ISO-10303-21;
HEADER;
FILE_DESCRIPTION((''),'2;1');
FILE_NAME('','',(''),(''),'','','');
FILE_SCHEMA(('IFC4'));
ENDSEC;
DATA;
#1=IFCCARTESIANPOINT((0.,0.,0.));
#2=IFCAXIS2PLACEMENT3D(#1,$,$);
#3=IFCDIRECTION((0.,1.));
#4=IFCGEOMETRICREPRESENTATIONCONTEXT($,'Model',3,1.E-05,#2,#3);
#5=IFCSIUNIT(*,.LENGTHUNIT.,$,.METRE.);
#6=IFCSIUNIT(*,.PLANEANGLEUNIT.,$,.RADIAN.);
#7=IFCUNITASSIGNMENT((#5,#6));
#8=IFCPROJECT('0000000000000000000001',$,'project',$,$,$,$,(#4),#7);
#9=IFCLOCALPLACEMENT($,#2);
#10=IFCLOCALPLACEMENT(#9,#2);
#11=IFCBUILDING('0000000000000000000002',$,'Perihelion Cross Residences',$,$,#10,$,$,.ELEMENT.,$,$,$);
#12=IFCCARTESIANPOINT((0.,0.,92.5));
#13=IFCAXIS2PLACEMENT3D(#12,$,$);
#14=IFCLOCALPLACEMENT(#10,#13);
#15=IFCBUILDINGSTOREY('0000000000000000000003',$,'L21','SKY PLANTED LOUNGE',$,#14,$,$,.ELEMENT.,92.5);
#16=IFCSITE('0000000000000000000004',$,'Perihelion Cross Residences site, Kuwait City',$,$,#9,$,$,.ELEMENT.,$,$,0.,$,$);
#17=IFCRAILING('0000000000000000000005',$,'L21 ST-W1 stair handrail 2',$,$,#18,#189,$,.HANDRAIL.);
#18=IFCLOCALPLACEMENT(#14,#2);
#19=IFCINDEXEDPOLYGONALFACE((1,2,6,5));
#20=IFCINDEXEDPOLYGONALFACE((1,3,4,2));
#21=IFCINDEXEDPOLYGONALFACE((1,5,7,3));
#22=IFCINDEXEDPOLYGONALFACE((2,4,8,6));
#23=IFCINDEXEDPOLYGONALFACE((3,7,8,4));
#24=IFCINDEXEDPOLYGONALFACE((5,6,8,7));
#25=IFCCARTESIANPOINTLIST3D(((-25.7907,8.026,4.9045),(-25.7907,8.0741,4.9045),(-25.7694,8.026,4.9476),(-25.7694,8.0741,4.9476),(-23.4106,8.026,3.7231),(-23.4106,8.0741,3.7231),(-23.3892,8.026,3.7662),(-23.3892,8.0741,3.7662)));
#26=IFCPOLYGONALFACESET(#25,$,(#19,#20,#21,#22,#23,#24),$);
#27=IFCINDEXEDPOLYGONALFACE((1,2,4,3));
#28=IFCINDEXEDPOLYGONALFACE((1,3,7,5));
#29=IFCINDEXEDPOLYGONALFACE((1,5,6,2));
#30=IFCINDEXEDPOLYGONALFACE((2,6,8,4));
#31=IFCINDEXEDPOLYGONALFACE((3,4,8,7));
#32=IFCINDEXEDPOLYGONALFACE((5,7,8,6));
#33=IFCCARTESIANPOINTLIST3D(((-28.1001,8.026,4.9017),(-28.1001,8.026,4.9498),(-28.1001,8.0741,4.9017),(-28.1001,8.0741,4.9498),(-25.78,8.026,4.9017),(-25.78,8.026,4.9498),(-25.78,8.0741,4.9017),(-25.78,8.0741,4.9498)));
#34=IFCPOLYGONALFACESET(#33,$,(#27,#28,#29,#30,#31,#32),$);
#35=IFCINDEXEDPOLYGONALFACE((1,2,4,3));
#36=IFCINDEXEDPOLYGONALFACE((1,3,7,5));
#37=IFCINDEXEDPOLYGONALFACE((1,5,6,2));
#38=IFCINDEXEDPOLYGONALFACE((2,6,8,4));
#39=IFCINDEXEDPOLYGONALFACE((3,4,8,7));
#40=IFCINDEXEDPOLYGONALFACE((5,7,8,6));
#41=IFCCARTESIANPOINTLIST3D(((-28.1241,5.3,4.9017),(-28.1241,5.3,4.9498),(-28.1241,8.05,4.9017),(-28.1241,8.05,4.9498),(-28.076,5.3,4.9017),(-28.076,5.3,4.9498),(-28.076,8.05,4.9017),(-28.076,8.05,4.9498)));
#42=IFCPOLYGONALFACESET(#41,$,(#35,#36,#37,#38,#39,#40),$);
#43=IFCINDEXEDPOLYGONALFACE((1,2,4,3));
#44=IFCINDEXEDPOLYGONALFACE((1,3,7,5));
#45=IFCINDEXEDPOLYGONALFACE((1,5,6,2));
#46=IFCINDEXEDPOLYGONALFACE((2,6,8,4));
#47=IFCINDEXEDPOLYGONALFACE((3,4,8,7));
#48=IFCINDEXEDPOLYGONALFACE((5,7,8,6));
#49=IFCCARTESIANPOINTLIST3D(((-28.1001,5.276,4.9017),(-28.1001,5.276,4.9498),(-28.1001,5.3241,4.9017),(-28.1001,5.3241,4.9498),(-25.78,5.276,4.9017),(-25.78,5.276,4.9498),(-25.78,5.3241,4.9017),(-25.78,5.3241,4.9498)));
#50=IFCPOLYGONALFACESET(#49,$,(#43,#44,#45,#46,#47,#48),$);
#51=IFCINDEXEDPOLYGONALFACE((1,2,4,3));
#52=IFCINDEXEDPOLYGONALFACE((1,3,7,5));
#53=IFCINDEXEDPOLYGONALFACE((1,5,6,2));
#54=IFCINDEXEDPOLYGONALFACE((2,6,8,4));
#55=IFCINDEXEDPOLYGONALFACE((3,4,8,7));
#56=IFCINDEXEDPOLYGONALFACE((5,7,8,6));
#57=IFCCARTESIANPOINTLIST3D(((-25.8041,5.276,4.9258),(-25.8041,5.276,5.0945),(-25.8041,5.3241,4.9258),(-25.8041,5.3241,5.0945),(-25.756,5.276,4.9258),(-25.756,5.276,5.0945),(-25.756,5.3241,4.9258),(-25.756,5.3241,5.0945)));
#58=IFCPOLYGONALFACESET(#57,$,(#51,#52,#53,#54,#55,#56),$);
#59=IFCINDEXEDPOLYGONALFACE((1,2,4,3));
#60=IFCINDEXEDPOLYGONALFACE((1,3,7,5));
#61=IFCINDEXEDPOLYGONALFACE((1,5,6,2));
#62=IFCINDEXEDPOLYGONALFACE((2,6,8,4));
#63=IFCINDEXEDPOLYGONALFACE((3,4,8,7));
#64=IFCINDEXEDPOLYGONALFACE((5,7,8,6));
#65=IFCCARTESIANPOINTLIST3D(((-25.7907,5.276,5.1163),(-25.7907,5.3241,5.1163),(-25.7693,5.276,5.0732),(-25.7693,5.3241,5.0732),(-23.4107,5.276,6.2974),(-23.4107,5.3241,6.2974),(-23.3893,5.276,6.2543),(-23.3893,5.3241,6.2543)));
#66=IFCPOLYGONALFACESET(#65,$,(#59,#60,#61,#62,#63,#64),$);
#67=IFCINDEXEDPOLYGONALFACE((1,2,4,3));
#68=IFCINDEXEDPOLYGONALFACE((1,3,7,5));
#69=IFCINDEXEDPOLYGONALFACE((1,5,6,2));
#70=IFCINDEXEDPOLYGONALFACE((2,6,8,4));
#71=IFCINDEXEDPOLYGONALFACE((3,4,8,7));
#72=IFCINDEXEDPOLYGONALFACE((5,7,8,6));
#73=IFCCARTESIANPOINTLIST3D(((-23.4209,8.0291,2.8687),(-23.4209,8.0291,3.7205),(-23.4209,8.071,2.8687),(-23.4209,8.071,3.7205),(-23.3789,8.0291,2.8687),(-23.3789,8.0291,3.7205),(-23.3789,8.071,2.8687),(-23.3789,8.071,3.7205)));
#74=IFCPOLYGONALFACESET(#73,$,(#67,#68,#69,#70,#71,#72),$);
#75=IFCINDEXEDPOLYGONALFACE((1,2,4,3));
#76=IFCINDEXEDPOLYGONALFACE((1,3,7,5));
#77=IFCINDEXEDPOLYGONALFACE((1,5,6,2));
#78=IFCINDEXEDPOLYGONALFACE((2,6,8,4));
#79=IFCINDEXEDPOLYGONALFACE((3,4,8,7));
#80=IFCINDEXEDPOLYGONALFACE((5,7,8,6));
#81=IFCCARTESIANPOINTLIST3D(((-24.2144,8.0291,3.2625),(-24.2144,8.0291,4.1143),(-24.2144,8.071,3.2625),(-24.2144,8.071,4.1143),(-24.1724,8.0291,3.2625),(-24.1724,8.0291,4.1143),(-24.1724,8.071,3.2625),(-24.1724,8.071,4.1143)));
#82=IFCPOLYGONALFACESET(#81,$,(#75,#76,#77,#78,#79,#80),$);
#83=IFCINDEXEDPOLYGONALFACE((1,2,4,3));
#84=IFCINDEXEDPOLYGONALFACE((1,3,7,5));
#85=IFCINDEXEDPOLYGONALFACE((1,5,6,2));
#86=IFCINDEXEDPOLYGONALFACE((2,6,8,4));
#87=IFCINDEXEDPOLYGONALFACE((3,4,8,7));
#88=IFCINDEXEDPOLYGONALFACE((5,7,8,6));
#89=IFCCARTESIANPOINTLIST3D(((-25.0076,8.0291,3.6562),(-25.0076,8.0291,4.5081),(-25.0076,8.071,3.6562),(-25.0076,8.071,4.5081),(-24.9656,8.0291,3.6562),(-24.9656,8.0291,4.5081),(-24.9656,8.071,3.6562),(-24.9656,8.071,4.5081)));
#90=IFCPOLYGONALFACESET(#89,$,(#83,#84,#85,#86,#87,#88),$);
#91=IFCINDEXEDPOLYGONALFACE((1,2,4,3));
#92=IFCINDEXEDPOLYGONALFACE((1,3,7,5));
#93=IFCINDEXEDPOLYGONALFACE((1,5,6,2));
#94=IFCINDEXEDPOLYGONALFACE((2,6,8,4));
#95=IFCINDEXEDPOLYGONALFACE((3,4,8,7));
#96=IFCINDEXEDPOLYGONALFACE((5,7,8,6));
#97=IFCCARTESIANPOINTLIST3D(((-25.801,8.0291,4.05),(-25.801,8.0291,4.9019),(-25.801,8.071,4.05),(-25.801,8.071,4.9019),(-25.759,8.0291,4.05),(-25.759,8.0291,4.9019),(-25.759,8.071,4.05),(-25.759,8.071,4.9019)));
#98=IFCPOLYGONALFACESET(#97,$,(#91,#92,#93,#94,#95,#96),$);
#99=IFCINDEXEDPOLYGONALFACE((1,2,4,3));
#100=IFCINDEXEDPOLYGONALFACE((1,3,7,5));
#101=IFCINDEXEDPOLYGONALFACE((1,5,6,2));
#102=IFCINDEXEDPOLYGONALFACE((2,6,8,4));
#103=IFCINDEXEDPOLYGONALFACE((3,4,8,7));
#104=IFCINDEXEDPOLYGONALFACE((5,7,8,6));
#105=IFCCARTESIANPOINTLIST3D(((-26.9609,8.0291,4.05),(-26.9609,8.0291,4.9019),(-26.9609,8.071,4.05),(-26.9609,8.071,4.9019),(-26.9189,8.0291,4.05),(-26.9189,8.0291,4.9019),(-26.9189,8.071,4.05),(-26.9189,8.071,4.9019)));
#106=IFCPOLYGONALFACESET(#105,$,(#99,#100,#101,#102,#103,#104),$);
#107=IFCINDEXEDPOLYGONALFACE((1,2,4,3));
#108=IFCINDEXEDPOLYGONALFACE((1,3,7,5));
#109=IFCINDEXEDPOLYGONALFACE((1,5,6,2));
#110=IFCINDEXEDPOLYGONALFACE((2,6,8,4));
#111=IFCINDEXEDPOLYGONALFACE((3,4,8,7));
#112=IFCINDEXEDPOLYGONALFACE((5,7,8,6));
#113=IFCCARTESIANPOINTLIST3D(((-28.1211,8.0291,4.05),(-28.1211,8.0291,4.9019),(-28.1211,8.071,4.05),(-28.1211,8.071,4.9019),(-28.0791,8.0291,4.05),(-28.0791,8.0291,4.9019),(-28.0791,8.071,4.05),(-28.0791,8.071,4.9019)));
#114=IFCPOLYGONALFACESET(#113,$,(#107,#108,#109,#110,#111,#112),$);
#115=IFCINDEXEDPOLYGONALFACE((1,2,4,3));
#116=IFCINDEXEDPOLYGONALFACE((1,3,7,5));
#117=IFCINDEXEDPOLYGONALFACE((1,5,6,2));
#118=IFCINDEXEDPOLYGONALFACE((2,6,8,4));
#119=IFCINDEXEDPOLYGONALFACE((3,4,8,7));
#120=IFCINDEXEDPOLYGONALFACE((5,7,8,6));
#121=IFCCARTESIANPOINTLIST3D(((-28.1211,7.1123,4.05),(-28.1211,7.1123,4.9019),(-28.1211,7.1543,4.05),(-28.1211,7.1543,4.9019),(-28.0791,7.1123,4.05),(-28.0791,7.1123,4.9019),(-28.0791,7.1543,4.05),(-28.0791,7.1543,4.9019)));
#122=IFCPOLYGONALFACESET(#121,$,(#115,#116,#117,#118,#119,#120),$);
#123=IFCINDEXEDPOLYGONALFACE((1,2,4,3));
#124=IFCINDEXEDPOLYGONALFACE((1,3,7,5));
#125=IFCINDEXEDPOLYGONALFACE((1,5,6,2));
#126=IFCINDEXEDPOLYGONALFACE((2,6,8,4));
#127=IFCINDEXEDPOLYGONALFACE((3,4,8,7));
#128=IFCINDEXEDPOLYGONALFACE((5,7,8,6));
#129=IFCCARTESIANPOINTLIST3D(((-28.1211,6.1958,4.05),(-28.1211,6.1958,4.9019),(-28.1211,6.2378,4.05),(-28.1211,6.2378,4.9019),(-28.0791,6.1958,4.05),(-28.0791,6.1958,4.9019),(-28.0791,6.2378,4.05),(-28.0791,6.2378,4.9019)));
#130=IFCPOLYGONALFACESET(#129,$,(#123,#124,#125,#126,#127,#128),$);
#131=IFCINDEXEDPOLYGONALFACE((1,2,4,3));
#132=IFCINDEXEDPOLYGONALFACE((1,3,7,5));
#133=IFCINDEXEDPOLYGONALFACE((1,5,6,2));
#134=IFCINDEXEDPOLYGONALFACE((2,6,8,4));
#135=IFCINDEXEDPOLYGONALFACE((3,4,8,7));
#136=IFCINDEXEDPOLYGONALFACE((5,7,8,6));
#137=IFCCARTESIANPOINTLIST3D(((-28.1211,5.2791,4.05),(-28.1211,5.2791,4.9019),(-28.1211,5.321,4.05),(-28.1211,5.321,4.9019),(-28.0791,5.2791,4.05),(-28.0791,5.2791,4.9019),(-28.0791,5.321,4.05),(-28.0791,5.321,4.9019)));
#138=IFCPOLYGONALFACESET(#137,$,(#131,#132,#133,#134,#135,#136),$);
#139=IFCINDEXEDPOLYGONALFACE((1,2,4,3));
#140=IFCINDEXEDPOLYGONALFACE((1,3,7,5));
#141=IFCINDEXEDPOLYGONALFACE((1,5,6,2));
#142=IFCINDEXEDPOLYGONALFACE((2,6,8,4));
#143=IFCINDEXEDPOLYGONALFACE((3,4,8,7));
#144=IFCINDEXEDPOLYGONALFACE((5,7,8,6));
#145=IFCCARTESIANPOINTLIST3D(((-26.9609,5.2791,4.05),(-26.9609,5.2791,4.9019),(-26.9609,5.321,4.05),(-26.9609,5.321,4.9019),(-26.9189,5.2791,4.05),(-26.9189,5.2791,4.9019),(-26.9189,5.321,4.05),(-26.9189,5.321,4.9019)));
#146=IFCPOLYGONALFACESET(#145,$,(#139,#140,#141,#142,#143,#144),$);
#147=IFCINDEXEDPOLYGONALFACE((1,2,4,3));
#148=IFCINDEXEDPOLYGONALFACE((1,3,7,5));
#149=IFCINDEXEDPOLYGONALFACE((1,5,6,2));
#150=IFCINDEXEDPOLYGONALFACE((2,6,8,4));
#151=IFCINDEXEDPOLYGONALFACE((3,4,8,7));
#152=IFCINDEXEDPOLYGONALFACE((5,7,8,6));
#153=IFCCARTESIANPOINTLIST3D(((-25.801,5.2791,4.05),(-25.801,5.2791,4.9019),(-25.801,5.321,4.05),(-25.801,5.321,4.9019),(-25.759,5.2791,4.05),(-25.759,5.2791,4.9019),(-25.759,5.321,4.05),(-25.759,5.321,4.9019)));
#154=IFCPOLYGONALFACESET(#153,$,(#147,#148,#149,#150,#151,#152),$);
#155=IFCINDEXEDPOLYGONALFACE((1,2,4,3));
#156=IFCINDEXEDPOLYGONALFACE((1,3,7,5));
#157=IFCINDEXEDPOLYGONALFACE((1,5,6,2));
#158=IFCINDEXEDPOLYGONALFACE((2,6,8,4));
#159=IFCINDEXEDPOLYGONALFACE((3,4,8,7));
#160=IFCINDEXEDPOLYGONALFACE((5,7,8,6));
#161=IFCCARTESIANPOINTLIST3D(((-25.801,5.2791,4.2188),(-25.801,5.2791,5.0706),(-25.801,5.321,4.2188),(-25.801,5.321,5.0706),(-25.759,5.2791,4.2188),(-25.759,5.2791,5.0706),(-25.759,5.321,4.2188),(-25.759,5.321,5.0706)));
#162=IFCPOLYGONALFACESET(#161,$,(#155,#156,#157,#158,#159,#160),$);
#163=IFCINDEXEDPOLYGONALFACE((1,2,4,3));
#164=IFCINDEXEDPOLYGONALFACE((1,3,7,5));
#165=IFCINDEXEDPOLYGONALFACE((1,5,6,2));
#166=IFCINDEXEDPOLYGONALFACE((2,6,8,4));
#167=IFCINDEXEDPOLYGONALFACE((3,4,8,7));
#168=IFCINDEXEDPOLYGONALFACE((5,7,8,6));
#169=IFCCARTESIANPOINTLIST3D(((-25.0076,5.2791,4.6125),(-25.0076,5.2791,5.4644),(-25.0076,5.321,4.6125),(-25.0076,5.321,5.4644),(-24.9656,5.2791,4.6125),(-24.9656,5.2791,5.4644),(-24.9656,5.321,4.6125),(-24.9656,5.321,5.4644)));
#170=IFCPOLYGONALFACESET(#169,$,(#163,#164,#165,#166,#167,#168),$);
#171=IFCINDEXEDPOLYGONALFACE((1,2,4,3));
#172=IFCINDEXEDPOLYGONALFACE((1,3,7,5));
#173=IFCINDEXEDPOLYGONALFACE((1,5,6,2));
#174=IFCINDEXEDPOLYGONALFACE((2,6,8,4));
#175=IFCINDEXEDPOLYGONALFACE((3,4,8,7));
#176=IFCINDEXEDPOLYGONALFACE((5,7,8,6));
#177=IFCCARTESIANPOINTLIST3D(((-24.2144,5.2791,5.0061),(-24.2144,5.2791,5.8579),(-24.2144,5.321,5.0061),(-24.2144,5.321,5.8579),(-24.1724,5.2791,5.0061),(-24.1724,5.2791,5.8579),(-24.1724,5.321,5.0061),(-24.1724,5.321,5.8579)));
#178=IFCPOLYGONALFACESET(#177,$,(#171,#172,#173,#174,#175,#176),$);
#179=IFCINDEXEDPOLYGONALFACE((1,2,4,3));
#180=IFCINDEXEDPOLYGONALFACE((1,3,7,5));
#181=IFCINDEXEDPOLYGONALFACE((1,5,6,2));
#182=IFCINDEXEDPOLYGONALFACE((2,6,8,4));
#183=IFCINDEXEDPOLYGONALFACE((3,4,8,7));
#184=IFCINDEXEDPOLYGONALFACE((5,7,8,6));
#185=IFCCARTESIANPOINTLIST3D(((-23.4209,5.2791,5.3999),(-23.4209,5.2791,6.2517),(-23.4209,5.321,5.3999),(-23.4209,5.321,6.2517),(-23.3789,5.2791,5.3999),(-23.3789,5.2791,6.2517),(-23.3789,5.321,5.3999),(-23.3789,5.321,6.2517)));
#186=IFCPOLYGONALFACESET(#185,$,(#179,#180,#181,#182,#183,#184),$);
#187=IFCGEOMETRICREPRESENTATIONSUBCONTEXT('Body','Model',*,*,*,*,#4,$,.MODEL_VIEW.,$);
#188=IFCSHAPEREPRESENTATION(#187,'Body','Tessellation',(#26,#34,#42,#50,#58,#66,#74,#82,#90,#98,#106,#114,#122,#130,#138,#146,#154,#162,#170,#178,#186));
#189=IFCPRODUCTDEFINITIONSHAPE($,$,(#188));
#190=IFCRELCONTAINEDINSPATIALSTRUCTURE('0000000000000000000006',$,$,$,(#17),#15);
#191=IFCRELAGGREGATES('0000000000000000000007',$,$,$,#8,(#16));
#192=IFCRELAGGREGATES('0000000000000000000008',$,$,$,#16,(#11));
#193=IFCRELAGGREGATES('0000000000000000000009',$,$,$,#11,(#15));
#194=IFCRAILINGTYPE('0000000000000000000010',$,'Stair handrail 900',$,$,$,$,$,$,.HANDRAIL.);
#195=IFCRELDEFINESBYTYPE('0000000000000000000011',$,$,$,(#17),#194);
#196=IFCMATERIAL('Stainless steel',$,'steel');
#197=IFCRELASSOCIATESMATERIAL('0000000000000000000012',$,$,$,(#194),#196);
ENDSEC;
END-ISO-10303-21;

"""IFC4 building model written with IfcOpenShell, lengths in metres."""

from ifc_helpers import new_model, si_unit, direction, frame, origin, origin_2d, place, context, subcontext, project, spatial, rectangle, extrude, material, type_object, element, save


model = new_model("IFC4")

# Units and contexts
model_context = context("Model", 3, precision=1e-05, world=origin(), true_north=direction((0.0, 1.0)))
body_context = subcontext(model_context, "Body", "Model", "MODEL_VIEW")
ifc_project = project(units=[si_unit("LENGTHUNIT", "METRE"), si_unit("PLANEANGLEUNIT", "RADIAN")], contexts=[model_context])

# Site, building, storey
site_placement = place(None, origin())
site = spatial("IfcSite", under=ifc_project, at=site_placement, Name="Perihelion Cross Residences site, Kuwait City", CompositionType="ELEMENT", RefElevation=0.0)
building_placement = place(site_placement, origin())
building = spatial("IfcBuilding", under=site, at=building_placement, Name="Perihelion Cross Residences", CompositionType="ELEMENT")
storey_placement = place(building_placement, frame((0.0, 0.0, 92.5)))
storey = spatial("IfcBuildingStorey", under=building, at=storey_placement, Name="L21", Description="SKY PLANTED LOUNGE", CompositionType="ELEMENT", Elevation=92.5)

# Railing
ifc_material_1 = material(Name="Stainless steel", Category="steel")
railing_type_1 = type_object("IfcRailingType", Name="Stair handrail 900", PredefinedType="HANDRAIL", material=ifc_material_1)
railing_1_placement = place(storey_placement, frame((-23.3999, 8.05, 2.8687)))
element("IfcRailing", 1, at=railing_1_placement, inside=storey, type_object=railing_type_1, Name="L21 ST-W1 stair handrail 2", PredefinedType="HANDRAIL", context=body_context, shape_type="SweptSolid", body=[
    extrude(rectangle(XDim=0.0481, YDim=0.0481, at=origin_2d()), frame((0.0, 0.0, 0.876), z_axis=(-0.895728, 0.0, 0.444602), x_axis=(0.0, -1.0, 0.0)), (0.0, 0.0, 1.0), 2.6572),
    extrude(rectangle(XDim=0.0481, YDim=0.0481, at=origin_2d()), frame((-2.3801, 0.0, 2.0571), z_axis=(-1.0, 0.0, 0.0), x_axis=(0.0, -1.0, 0.0)), (0.0, 0.0, 1.0), 2.3201),
    extrude(rectangle(XDim=0.0481, YDim=0.0481, at=origin_2d()), frame((-4.7002, 0.0, 2.0571), z_axis=(0.0, -1.0, 0.0), x_axis=(1.0, 0.0, 0.0)), (0.0, 0.0, 1.0), 2.75),
    extrude(rectangle(XDim=0.0481, YDim=0.0481, at=origin_2d()), frame((-4.7002, -2.75, 2.0571), z_axis=(1.0, 0.0, 0.0), x_axis=(0.0, 1.0, 0.0)), (0.0, 0.0, 1.0), 2.3201),
    extrude(rectangle(XDim=0.0481, YDim=0.0481, at=origin_2d()), frame((-2.3801, -2.75, 2.0571), z_axis=(0.0, 0.0, 1.0), x_axis=(1.0, 0.0, 0.0)), (0.0, 0.0, 1.0), 0.1687),
    extrude(rectangle(XDim=0.0481, YDim=0.0481, at=origin_2d()), frame((-2.3801, -2.75, 2.2261), z_axis=(0.895765, 0.0, 0.444529), x_axis=(0.0, 1.0, 0.0)), (0.0, 0.0, 1.0), 2.657),
    extrude(rectangle(XDim=0.042, YDim=0.042, at=origin_2d()), origin(), (0.0, 0.0, 1.0), 0.8518),
    extrude(rectangle(XDim=0.042, YDim=0.042, at=origin_2d()), frame((-0.7935, 0.0, 0.3938)), (0.0, 0.0, 1.0), 0.8518),
    extrude(rectangle(XDim=0.042, YDim=0.042, at=origin_2d()), frame((-1.5867, 0.0, 0.7876)), (0.0, 0.0, 1.0), 0.8518),
    extrude(rectangle(XDim=0.042, YDim=0.042, at=origin_2d()), frame((-2.3801, 0.0, 1.1814)), (0.0, 0.0, 1.0), 0.8518),
    extrude(rectangle(XDim=0.042, YDim=0.042, at=origin_2d()), frame((-3.54, 0.0, 1.1814)), (0.0, 0.0, 1.0), 0.8518),
    extrude(rectangle(XDim=0.042, YDim=0.042, at=origin_2d()), frame((-4.7002, 0.0, 1.1814)), (0.0, 0.0, 1.0), 0.8518),
    extrude(rectangle(XDim=0.042, YDim=0.042, at=origin_2d()), frame((-4.7002, -0.9167, 1.1814)), (0.0, 0.0, 1.0), 0.8518),
    extrude(rectangle(XDim=0.042, YDim=0.042, at=origin_2d()), frame((-4.7002, -1.8333, 1.1814)), (0.0, 0.0, 1.0), 0.8518),
    extrude(rectangle(XDim=0.042, YDim=0.042, at=origin_2d()), frame((-4.7002, -2.75, 1.1814)), (0.0, 0.0, 1.0), 0.8518),
    extrude(rectangle(XDim=0.042, YDim=0.042, at=origin_2d()), frame((-3.54, -2.75, 1.1814)), (0.0, 0.0, 1.0), 0.8518),
    extrude(rectangle(XDim=0.042, YDim=0.042, at=origin_2d()), frame((-2.3801, -2.75, 1.1814)), (0.0, 0.0, 1.0), 0.8518),
    extrude(rectangle(XDim=0.042, YDim=0.042, at=origin_2d()), frame((-2.3801, -2.75, 1.3501)), (0.0, 0.0, 1.0), 0.8518),
    extrude(rectangle(XDim=0.042, YDim=0.042, at=origin_2d()), frame((-1.5867, -2.75, 1.7439)), (0.0, 0.0, 1.0), 0.8518),
    extrude(rectangle(XDim=0.042, YDim=0.042, at=origin_2d()), frame((-0.7935, -2.75, 2.1375)), (0.0, 0.0, 1.0), 0.8518),
    extrude(rectangle(XDim=0.042, YDim=0.042, at=origin_2d()), frame((0.0, -2.75, 2.5312)), (0.0, 0.0, 1.0), 0.8518),
])

save(model, "model.ifc")
